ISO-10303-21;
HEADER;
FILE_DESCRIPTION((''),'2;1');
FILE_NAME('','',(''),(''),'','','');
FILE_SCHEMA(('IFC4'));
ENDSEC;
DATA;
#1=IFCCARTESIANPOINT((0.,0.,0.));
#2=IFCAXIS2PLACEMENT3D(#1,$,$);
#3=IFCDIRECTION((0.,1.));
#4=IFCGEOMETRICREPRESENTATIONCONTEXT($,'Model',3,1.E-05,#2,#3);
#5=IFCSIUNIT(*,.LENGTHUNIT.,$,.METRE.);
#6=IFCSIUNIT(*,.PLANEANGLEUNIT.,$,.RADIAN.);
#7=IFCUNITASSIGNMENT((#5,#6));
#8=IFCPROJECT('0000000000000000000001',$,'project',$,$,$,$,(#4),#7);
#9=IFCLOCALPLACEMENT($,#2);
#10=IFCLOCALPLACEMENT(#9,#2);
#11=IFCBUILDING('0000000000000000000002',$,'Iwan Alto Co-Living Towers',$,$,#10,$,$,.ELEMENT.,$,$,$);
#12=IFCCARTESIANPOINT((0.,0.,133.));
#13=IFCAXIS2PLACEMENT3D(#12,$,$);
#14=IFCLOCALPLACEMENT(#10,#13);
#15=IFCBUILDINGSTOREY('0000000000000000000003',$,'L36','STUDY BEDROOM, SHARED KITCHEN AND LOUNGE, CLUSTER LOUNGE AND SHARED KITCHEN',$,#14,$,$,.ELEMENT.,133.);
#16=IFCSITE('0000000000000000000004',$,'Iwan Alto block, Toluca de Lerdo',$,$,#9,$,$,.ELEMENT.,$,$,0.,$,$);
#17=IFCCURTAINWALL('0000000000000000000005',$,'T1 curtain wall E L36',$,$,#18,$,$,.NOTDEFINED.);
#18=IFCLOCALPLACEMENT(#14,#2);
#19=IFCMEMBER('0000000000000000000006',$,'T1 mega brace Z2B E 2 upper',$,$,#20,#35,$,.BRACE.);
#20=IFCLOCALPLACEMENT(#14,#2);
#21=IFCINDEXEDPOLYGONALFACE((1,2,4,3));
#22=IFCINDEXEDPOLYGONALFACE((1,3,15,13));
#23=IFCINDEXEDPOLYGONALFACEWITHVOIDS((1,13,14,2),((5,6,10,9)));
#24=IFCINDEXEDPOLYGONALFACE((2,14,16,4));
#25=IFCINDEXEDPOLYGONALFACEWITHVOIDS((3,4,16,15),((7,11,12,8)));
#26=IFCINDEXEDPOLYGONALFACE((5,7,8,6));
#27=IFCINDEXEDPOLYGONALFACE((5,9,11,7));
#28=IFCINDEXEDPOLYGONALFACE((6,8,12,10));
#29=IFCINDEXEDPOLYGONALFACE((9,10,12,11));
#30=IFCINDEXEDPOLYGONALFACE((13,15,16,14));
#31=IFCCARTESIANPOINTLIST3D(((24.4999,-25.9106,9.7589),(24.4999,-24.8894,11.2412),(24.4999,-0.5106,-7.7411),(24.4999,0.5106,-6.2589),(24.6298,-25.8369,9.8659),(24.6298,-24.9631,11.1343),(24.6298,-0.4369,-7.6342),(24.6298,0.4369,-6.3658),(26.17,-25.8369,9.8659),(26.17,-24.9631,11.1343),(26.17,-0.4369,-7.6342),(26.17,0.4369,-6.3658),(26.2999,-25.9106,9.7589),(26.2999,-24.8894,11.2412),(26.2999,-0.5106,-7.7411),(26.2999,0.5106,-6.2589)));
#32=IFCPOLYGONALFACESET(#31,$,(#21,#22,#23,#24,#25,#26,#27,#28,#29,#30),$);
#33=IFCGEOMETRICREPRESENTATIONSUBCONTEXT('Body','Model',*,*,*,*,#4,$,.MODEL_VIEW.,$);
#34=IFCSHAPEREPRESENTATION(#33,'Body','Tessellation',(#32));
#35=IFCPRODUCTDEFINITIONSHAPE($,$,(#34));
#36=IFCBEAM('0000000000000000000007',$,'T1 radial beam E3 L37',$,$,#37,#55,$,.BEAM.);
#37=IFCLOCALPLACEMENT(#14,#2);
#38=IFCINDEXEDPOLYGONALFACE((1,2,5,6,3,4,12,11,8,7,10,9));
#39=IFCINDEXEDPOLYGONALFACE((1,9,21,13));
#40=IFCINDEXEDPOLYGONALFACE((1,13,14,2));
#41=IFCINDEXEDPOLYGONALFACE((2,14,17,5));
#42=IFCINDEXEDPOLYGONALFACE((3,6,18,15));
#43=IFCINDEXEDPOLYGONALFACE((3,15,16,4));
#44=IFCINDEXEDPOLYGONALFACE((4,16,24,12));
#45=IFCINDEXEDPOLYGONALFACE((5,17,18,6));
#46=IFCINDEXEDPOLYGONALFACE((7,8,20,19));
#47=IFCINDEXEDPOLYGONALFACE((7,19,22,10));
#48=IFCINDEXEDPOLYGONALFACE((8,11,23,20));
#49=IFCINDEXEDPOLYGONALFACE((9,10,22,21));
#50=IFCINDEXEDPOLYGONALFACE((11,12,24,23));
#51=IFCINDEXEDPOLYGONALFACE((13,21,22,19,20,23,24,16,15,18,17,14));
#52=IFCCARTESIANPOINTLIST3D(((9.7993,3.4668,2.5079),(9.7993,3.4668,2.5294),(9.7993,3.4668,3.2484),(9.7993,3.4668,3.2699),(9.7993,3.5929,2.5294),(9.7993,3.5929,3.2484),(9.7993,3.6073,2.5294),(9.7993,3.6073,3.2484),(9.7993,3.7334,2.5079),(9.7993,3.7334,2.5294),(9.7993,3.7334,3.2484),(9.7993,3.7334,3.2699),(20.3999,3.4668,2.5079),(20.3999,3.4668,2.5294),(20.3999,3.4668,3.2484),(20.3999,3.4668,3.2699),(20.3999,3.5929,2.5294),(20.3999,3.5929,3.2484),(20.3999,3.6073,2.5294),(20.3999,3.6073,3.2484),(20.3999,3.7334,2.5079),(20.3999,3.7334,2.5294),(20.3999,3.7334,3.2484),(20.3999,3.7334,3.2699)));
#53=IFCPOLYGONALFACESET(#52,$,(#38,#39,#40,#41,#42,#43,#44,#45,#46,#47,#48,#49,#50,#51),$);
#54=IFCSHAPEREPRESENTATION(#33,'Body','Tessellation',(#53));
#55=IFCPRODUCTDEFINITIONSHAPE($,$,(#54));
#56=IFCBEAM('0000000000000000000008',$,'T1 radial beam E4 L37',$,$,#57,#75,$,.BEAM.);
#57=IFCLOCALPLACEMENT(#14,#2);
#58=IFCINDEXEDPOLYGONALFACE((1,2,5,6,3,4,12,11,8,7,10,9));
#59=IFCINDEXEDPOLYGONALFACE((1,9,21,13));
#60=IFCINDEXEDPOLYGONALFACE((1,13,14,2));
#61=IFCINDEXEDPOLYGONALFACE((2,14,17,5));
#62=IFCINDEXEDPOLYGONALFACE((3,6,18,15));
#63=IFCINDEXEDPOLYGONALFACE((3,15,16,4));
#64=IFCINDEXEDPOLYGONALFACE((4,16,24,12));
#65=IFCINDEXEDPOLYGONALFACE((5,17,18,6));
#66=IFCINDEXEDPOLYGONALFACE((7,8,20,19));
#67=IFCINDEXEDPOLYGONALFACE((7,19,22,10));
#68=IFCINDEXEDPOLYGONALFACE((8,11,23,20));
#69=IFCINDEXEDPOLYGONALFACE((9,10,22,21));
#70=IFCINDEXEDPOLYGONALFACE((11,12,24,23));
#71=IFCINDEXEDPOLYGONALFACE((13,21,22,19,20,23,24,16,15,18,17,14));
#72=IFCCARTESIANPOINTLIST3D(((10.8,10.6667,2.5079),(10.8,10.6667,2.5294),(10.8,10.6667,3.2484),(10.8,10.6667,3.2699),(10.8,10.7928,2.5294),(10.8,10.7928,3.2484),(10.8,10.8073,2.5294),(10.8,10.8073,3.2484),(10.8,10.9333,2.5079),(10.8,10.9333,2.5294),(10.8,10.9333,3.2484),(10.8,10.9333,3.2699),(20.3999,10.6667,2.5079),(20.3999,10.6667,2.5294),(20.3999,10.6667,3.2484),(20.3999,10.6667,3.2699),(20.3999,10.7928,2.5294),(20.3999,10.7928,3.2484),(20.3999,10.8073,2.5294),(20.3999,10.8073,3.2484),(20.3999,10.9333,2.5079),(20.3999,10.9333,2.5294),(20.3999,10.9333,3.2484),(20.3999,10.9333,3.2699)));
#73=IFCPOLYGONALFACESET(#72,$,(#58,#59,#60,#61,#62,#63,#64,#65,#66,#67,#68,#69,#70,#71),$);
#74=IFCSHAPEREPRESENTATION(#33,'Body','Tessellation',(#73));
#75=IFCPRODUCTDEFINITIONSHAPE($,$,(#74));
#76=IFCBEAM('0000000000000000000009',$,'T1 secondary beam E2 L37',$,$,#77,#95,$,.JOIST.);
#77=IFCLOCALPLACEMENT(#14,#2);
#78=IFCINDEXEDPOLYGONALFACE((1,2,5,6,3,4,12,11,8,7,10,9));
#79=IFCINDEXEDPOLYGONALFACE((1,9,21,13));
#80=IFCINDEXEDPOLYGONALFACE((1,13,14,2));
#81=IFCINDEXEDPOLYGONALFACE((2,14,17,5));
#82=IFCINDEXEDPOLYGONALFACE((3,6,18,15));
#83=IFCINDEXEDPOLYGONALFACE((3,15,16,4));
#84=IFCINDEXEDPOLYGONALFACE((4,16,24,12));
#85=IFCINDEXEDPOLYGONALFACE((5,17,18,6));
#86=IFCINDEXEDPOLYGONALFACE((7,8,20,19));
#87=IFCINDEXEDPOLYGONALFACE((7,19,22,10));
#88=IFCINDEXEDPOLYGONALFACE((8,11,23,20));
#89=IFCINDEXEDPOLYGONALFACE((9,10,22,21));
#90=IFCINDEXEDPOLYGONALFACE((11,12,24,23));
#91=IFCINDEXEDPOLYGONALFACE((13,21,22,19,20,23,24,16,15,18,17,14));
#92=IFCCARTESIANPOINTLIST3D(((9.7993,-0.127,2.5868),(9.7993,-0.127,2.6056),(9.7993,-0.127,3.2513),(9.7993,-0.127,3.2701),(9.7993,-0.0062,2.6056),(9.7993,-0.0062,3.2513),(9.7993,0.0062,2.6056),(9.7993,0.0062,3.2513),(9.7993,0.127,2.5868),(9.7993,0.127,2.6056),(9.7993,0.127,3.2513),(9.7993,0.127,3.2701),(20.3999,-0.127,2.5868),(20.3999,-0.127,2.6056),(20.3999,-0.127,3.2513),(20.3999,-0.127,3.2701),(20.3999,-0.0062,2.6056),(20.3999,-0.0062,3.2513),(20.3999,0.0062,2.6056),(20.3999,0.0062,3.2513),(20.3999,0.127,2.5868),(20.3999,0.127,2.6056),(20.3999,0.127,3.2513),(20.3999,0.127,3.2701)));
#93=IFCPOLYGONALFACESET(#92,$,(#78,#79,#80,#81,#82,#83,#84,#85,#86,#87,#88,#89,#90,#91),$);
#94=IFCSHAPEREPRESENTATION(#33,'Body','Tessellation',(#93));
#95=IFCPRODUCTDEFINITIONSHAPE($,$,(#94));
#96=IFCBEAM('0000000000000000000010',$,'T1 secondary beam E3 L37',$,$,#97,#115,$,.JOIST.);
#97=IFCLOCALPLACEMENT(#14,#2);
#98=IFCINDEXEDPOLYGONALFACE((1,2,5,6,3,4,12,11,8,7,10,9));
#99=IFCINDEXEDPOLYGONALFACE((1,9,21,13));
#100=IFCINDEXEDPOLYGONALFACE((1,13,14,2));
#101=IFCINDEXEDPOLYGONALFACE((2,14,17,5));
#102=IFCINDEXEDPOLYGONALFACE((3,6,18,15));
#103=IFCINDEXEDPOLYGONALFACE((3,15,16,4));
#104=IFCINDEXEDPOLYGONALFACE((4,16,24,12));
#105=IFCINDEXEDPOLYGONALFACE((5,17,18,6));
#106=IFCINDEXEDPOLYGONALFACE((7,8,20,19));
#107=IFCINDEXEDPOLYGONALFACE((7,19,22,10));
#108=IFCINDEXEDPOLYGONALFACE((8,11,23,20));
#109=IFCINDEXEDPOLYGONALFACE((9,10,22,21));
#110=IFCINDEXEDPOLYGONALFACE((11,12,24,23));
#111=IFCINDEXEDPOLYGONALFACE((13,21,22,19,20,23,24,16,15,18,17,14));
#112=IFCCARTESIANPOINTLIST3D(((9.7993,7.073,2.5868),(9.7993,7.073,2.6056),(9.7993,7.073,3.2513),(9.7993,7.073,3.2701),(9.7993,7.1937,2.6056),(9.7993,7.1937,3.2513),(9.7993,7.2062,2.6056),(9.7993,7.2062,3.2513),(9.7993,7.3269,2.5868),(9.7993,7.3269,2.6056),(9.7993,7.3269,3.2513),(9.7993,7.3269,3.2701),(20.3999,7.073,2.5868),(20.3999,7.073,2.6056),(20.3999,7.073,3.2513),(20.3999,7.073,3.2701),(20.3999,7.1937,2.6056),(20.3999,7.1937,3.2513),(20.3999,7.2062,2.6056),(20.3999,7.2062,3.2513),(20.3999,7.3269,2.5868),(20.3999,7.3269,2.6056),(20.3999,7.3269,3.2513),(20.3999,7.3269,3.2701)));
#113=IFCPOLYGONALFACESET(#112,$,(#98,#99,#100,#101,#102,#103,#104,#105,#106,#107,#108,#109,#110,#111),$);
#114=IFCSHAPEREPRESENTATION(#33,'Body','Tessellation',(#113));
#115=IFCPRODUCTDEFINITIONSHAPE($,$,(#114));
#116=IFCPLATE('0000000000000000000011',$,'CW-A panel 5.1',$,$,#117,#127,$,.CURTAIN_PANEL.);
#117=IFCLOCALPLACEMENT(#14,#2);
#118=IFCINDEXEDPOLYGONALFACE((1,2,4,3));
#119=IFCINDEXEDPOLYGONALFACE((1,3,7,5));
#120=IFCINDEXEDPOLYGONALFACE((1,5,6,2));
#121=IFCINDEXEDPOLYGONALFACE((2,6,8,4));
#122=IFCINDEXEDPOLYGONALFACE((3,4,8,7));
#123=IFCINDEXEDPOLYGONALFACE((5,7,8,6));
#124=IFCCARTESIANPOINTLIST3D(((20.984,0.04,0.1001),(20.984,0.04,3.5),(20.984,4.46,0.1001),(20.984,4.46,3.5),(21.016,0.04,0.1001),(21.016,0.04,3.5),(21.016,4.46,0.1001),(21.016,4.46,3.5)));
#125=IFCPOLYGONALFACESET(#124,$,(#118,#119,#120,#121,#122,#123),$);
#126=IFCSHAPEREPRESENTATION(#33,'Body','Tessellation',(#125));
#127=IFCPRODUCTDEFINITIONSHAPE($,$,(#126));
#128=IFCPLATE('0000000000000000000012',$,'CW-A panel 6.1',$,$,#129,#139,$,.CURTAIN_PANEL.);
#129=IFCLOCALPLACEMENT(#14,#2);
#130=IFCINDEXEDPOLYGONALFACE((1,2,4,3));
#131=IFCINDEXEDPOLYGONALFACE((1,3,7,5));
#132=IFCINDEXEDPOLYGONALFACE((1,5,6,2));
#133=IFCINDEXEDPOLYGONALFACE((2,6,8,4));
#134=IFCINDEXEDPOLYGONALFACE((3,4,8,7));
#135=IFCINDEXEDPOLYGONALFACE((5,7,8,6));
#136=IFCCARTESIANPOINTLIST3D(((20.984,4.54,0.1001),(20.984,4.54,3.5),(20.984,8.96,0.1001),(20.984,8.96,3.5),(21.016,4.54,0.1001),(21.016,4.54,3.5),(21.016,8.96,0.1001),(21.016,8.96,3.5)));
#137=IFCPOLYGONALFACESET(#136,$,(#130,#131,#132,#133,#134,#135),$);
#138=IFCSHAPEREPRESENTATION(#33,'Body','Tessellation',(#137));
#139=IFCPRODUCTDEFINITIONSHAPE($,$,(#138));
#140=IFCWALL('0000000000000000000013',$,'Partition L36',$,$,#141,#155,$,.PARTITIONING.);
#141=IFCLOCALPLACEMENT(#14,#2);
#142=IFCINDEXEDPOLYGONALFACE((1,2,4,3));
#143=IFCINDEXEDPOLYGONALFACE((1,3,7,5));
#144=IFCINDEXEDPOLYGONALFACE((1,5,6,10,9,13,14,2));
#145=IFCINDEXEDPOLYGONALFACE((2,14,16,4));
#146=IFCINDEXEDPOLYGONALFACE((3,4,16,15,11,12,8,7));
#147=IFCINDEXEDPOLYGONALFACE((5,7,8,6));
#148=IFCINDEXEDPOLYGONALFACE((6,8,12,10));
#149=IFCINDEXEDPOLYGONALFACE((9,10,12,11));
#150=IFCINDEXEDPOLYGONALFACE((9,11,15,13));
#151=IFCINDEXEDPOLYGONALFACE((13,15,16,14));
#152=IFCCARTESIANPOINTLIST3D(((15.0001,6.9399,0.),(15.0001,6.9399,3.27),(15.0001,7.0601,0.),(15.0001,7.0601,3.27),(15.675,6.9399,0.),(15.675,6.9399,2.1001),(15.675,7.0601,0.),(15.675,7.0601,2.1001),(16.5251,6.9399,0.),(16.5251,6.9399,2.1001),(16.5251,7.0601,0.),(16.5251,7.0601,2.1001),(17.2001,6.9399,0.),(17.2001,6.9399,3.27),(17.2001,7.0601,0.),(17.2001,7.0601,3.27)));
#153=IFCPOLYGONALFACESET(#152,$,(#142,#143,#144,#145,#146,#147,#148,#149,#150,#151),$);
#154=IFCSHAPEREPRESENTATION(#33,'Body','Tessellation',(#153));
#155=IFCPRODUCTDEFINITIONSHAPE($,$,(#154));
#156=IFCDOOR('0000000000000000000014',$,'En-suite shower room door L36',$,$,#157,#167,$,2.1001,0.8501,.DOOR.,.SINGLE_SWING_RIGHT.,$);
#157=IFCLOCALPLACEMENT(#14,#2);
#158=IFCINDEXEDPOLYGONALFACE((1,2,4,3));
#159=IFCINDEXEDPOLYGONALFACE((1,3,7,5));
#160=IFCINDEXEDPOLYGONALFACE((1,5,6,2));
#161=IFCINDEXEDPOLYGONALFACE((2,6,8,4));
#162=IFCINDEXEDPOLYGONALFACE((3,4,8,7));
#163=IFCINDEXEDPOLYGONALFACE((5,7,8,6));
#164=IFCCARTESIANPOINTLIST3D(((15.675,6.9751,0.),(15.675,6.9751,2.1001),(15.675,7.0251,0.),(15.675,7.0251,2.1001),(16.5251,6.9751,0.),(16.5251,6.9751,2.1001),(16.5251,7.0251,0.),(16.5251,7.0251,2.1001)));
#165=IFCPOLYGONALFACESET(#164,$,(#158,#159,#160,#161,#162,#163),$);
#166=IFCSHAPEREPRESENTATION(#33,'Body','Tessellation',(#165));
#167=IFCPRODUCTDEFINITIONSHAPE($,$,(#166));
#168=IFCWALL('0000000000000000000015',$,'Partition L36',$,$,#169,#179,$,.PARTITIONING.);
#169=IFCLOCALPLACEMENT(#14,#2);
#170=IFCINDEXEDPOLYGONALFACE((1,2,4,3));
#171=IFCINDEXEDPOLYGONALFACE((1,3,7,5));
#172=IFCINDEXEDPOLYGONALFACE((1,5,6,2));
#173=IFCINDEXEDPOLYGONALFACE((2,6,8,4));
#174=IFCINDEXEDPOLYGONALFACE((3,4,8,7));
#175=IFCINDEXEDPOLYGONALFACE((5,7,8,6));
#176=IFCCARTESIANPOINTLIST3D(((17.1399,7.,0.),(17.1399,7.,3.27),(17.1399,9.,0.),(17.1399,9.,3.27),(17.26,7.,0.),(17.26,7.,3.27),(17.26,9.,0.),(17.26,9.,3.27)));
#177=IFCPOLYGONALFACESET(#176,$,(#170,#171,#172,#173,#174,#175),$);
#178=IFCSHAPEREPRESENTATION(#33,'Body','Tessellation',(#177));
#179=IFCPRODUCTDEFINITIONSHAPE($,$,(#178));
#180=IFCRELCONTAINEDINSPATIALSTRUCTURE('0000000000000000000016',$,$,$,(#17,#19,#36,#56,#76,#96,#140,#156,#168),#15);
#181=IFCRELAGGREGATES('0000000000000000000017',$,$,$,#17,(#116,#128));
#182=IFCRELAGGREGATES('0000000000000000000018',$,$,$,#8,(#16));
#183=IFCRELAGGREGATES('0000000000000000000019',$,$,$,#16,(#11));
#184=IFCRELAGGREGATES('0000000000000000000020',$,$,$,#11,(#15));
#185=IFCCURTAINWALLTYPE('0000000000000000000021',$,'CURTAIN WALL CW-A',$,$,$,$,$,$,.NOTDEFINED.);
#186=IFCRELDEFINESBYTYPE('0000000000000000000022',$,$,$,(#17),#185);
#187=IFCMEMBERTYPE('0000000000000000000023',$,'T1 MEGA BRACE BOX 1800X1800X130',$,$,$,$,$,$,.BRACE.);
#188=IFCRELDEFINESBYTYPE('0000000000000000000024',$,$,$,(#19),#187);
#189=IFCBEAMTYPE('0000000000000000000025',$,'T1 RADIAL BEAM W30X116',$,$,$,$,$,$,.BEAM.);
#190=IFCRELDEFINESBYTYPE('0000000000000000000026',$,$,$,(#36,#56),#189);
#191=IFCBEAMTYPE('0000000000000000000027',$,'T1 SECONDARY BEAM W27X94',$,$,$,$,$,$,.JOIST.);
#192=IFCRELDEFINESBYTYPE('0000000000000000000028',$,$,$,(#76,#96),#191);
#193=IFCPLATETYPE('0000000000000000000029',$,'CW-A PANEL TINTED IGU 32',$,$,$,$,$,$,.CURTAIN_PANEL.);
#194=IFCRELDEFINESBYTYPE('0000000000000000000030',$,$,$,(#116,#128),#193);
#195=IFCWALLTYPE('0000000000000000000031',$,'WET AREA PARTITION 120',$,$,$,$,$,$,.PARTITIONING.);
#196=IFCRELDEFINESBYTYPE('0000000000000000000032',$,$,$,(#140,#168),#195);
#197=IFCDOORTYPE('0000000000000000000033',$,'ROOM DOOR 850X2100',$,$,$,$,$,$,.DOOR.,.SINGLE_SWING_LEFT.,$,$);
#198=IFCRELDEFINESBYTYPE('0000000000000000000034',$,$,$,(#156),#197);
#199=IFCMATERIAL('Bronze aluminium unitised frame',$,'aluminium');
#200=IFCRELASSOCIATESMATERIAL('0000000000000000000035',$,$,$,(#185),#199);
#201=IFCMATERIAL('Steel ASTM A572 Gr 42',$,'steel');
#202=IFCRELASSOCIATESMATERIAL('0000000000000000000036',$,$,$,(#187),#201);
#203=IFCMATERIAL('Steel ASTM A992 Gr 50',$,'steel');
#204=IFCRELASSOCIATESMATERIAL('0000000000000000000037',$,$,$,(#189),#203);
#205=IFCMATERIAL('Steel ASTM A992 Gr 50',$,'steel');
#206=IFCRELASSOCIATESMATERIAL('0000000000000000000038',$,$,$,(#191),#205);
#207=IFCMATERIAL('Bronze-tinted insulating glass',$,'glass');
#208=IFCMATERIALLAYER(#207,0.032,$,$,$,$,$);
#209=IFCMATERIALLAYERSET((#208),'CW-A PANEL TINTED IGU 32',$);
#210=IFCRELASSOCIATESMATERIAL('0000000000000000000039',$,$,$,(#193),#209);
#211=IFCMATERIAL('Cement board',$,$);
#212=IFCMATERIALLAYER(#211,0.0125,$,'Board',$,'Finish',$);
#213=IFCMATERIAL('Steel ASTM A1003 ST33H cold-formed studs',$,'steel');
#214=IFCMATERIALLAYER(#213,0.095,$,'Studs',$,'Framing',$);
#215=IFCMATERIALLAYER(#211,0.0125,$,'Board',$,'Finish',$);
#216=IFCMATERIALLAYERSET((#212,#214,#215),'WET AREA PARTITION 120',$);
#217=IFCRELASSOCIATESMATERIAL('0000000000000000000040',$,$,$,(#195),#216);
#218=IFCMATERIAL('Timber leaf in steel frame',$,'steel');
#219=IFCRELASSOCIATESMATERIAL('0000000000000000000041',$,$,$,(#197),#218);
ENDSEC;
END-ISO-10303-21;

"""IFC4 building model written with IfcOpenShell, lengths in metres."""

from ifc_helpers import new_model, si_unit, direction, frame, frame_2d, origin, origin_2d, place, context, subcontext, project, spatial, rectangle, hollow_rectangle, i_section, extrude, material, layer, layer_set, material_profile, profile_set, type_object, element, fill, aggregate, save


model = new_model("IFC4")

# Units and contexts
model_context = context("Model", 3, precision=1e-05, world=origin(), true_north=direction((0.0, 1.0)))
body_context = subcontext(model_context, "Body", "Model", "MODEL_VIEW")
ifc_project = project(units=[si_unit("LENGTHUNIT", "METRE"), si_unit("PLANEANGLEUNIT", "RADIAN")], contexts=[model_context])

# Site, building, storey
site_placement = place(None, origin())
site = spatial("IfcSite", under=ifc_project, at=site_placement, Name="Iwan Alto block, Toluca de Lerdo", CompositionType="ELEMENT", RefElevation=0.0)
building_placement = place(site_placement, origin())
building = spatial("IfcBuilding", under=site, at=building_placement, Name="Iwan Alto Co-Living Towers", CompositionType="ELEMENT")
storey_placement = place(building_placement, frame((0.0, 0.0, 133.0)))
storey = spatial("IfcBuildingStorey", under=building, at=storey_placement, Name="L36", Description="STUDY BEDROOM, SHARED KITCHEN AND LOUNGE, CLUSTER LOUNGE AND SHARED KITCHEN", CompositionType="ELEMENT", Elevation=133.0)

# Curtain wall
ifc_material_1 = material(Name="Bronze aluminium unitised frame", Category="aluminium")
curtain_wall_type = type_object("IfcCurtainWallType", Name="CURTAIN WALL CW-A", PredefinedType="NOTDEFINED", material=ifc_material_1)
curtain_wall_placement = place(storey_placement, origin())
curtain_wall = element("IfcCurtainWall", 1, at=curtain_wall_placement, inside=storey, type_object=curtain_wall_type, Name="T1 curtain wall E L36", PredefinedType="NOTDEFINED")

# Member
ifc_material_2 = material(Name="Steel ASTM A572 Gr 42", Category="steel")
ifc_material_profile_1 = material_profile(ifc_material_2, hollow_rectangle(XDim=1.8, YDim=1.8, WallThickness=0.1299, at=origin_2d()), Name="BOX 1800X1800X130")
ifc_profile_set_1 = profile_set([ifc_material_profile_1], Name="Steel ASTM A572 Gr 42")
member_type_1 = type_object("IfcMemberType", Name="T1 MEGA BRACE BOX 1800X1800X130", PredefinedType="BRACE", material=ifc_profile_set_1)
for number, where, z_axis, x_axis, name in (
    (2, (25.3999, 0.0, -7.0), (0.0, -0.823473, 0.567356), (1.0, 0.0, 0.0), "T1 mega brace Z2B E 2 upper"),
):
    element("IfcMember", number, at=place(storey_placement, frame(where, z_axis=z_axis, x_axis=x_axis)), inside=storey, type_object=member_type_1, Name=name, PredefinedType="BRACE", context=body_context, shape_type="SweptSolid", body=[
        extrude(hollow_rectangle(XDim=1.8, YDim=1.8, WallThickness=0.1299, at=origin_2d()), origin(), (0.0, 0.0, 1.0), 30.845),
    ])

# Beams
ifc_material_3 = material(Name="Steel ASTM A992 Gr 50", Category="steel")
ifc_material_profile_2 = material_profile(ifc_material_3, i_section(OverallWidth=0.2666, OverallDepth=0.762, WebThickness=0.0144, FlangeThickness=0.0215, at=origin_2d()), Name="W30X116")
ifc_profile_set_2 = profile_set([ifc_material_profile_2], Name="Steel ASTM A992 Gr 50")
beam_type_1 = type_object("IfcBeamType", Name="T1 RADIAL BEAM W30X116", PredefinedType="BEAM", material=ifc_profile_set_2)
beam_1_placement = place(storey_placement, frame((20.3999, 3.6001, 2.8889), z_axis=(-1.0, 0.0, 0.0), x_axis=(0.0, -1.0, 0.0)))
element("IfcBeam", 3, at=beam_1_placement, inside=storey, type_object=beam_type_1, Name="T1 radial beam E3 L37", PredefinedType="BEAM", context=body_context, shape_type="SweptSolid", body=[
    extrude(i_section(OverallWidth=0.2666, OverallDepth=0.762, WebThickness=0.0144, FlangeThickness=0.0215, at=origin_2d()), origin(), (0.0, 0.0, 1.0), 10.6006),
])
beam_2_placement = place(storey_placement, frame((20.3999, 10.8, 2.8889), z_axis=(-1.0, 0.0, 0.0), x_axis=(0.0, -1.0, 0.0)))
element("IfcBeam", 4, at=beam_2_placement, inside=storey, type_object=beam_type_1, Name="T1 radial beam E4 L37", PredefinedType="BEAM", context=body_context, shape_type="SweptSolid", body=[
    extrude(i_section(OverallWidth=0.2666, OverallDepth=0.762, WebThickness=0.0144, FlangeThickness=0.0215, at=origin_2d()), origin(), (0.0, 0.0, 1.0), 9.5999),
])
ifc_material_4 = material(Name="Steel ASTM A992 Gr 50", Category="steel")
ifc_material_profile_3 = material_profile(ifc_material_4, i_section(OverallWidth=0.2539, OverallDepth=0.6833, WebThickness=0.0125, FlangeThickness=0.0188, at=origin_2d()), Name="W27X94")
ifc_profile_set_3 = profile_set([ifc_material_profile_3], Name="Steel ASTM A992 Gr 50")
beam_type_2 = type_object("IfcBeamType", Name="T1 SECONDARY BEAM W27X94", PredefinedType="JOIST", material=ifc_profile_set_3)
for number, where, z_axis, x_axis, name in (
    (5, (20.3999, 0.0, 2.9285), (-1.0, 0.0, 0.0), (0.0, -1.0, 0.0), "T1 secondary beam E2 L37"),
    (6, (20.3999, 7.2, 2.9285), (-1.0, 0.0, 0.0), (0.0, -1.0, 0.0), "T1 secondary beam E3 L37"),
):
    element("IfcBeam", number, at=place(storey_placement, frame(where, z_axis=z_axis, x_axis=x_axis)), inside=storey, type_object=beam_type_2, Name=name, PredefinedType="JOIST", context=body_context, shape_type="SweptSolid", body=[
        extrude(i_section(OverallWidth=0.2539, OverallDepth=0.6833, WebThickness=0.0125, FlangeThickness=0.0188, at=origin_2d()), origin(), (0.0, 0.0, 1.0), 10.6006),
    ])

# Plates
ifc_material_5 = material(Name="Bronze-tinted insulating glass", Category="glass")
ifc_layer_1 = layer(ifc_material_5, 0.032)
ifc_layer_set_1 = layer_set([ifc_layer_1], Name="CW-A PANEL TINTED IGU 32")
plate_type = type_object("IfcPlateType", Name="CW-A PANEL TINTED IGU 32", PredefinedType="CURTAIN_PANEL", material=ifc_layer_set_1)
plate_1_placement = place(storey_placement, frame((21.0, 2.25, 0.1001), z_axis=(0.0, 0.0, 1.0), x_axis=(0.0, 1.0, 0.0)))
plate_1 = element("IfcPlate", 7, at=plate_1_placement, type_object=plate_type, Name="CW-A panel 5.1", PredefinedType="CURTAIN_PANEL", context=body_context, shape_type="SweptSolid", body=[
    extrude(rectangle(XDim=4.4199, YDim=0.032, at=origin_2d()), origin(), (0.0, 0.0, 1.0), 3.3999),
])
plate_2_placement = place(storey_placement, frame((21.0, 6.75, 0.1001), z_axis=(0.0, 0.0, 1.0), x_axis=(0.0, 1.0, 0.0)))
plate_2 = element("IfcPlate", 8, at=plate_2_placement, type_object=plate_type, Name="CW-A panel 6.1", PredefinedType="CURTAIN_PANEL", context=body_context, shape_type="SweptSolid", body=[
    extrude(rectangle(XDim=4.4199, YDim=0.032, at=origin_2d()), origin(), (0.0, 0.0, 1.0), 3.3999),
])
aggregate(curtain_wall, [plate_1, plate_2])

# Wall, opening, door
ifc_material_6 = material(Name="Cement board")
ifc_layer_2 = layer(ifc_material_6, 0.0125, Name="Board", Category="Finish")
ifc_material_7 = material(Name="Steel ASTM A1003 ST33H cold-formed studs", Category="steel")
ifc_layer_3 = layer(ifc_material_7, 0.095, Name="Studs", Category="Framing")
ifc_layer_4 = layer(ifc_material_6, 0.0125, Name="Board", Category="Finish")
ifc_layer_set_2 = layer_set([ifc_layer_2, ifc_layer_3, ifc_layer_4], Name="WET AREA PARTITION 120")
wall_type = type_object("IfcWallType", Name="WET AREA PARTITION 120", PredefinedType="PARTITIONING", material=ifc_layer_set_2)
wall_1_placement = place(storey_placement, frame((15.0, 7.0, 0.0), z_axis=(0.0, 0.0, 1.0), x_axis=(1.0, 0.0, 0.0)))
wall_1 = element("IfcWall", 9, at=wall_1_placement, inside=storey, type_object=wall_type, Name="Partition L36", PredefinedType="PARTITIONING", context=body_context, shape_type="SweptSolid", body=[
    extrude(rectangle(XDim=2.2, YDim=0.1201, at=frame_2d((1.1001, 0.0))), origin(), (0.0, 0.0, 1.0), 3.27),
])
opening_placement = place(wall_1_placement, frame((0.675, 0.0, 0.0)))
opening = element("IfcOpeningElement", 10, at=opening_placement, cuts=wall_1, PredefinedType="OPENING", context=body_context, shape_type="SweptSolid", body=[
    extrude(rectangle(XDim=0.8501, YDim=2.1001, at=frame_2d((0.425, 1.05))), frame((0.0, 0.0701, 0.0), z_axis=(0.0, -1.0, 0.0), x_axis=(1.0, 0.0, 0.0)), (0.0, 0.0, 1.0), 0.1401),
])
ifc_material_8 = material(Name="Timber leaf in steel frame", Category="steel")
door_type = type_object("IfcDoorType", Name="ROOM DOOR 850X2100", OperationType="SINGLE_SWING_LEFT", PredefinedType="DOOR", material=ifc_material_8)
door_placement = place(opening_placement, frame((0.8501, 0.0, 0.0), z_axis=(0.0, 0.0, 1.0), x_axis=(-1.0, 0.0, 0.0)))
door = element("IfcDoor", 11, at=door_placement, inside=storey, type_object=door_type, Name="En-suite shower room door L36", OperationType="SINGLE_SWING_RIGHT", OverallHeight=2.1001, OverallWidth=0.8501, PredefinedType="DOOR", context=body_context, shape_type="SweptSolid", body=[
    extrude(rectangle(XDim=0.8501, YDim=2.1001, at=frame_2d((0.425, 1.05))), frame((0.0, 0.0249, 0.0), z_axis=(0.0, -1.0, 0.0), x_axis=(1.0, 0.0, 0.0)), (0.0, 0.0, 1.0), 0.05),
])
fill(opening, door)

# Wall
wall_2_placement = place(storey_placement, frame((17.2, 7.0, 0.0), z_axis=(0.0, 0.0, 1.0), x_axis=(0.0, 1.0, 0.0)))
element("IfcWall", 12, at=wall_2_placement, inside=storey, type_object=wall_type, Name="Partition L36", PredefinedType="PARTITIONING", context=body_context, shape_type="SweptSolid", body=[
    extrude(rectangle(XDim=2.0, YDim=0.1201, at=frame_2d((1.0, 0.0))), origin(), (0.0, 0.0, 1.0), 3.27),
])

save(model, "model.ifc")
